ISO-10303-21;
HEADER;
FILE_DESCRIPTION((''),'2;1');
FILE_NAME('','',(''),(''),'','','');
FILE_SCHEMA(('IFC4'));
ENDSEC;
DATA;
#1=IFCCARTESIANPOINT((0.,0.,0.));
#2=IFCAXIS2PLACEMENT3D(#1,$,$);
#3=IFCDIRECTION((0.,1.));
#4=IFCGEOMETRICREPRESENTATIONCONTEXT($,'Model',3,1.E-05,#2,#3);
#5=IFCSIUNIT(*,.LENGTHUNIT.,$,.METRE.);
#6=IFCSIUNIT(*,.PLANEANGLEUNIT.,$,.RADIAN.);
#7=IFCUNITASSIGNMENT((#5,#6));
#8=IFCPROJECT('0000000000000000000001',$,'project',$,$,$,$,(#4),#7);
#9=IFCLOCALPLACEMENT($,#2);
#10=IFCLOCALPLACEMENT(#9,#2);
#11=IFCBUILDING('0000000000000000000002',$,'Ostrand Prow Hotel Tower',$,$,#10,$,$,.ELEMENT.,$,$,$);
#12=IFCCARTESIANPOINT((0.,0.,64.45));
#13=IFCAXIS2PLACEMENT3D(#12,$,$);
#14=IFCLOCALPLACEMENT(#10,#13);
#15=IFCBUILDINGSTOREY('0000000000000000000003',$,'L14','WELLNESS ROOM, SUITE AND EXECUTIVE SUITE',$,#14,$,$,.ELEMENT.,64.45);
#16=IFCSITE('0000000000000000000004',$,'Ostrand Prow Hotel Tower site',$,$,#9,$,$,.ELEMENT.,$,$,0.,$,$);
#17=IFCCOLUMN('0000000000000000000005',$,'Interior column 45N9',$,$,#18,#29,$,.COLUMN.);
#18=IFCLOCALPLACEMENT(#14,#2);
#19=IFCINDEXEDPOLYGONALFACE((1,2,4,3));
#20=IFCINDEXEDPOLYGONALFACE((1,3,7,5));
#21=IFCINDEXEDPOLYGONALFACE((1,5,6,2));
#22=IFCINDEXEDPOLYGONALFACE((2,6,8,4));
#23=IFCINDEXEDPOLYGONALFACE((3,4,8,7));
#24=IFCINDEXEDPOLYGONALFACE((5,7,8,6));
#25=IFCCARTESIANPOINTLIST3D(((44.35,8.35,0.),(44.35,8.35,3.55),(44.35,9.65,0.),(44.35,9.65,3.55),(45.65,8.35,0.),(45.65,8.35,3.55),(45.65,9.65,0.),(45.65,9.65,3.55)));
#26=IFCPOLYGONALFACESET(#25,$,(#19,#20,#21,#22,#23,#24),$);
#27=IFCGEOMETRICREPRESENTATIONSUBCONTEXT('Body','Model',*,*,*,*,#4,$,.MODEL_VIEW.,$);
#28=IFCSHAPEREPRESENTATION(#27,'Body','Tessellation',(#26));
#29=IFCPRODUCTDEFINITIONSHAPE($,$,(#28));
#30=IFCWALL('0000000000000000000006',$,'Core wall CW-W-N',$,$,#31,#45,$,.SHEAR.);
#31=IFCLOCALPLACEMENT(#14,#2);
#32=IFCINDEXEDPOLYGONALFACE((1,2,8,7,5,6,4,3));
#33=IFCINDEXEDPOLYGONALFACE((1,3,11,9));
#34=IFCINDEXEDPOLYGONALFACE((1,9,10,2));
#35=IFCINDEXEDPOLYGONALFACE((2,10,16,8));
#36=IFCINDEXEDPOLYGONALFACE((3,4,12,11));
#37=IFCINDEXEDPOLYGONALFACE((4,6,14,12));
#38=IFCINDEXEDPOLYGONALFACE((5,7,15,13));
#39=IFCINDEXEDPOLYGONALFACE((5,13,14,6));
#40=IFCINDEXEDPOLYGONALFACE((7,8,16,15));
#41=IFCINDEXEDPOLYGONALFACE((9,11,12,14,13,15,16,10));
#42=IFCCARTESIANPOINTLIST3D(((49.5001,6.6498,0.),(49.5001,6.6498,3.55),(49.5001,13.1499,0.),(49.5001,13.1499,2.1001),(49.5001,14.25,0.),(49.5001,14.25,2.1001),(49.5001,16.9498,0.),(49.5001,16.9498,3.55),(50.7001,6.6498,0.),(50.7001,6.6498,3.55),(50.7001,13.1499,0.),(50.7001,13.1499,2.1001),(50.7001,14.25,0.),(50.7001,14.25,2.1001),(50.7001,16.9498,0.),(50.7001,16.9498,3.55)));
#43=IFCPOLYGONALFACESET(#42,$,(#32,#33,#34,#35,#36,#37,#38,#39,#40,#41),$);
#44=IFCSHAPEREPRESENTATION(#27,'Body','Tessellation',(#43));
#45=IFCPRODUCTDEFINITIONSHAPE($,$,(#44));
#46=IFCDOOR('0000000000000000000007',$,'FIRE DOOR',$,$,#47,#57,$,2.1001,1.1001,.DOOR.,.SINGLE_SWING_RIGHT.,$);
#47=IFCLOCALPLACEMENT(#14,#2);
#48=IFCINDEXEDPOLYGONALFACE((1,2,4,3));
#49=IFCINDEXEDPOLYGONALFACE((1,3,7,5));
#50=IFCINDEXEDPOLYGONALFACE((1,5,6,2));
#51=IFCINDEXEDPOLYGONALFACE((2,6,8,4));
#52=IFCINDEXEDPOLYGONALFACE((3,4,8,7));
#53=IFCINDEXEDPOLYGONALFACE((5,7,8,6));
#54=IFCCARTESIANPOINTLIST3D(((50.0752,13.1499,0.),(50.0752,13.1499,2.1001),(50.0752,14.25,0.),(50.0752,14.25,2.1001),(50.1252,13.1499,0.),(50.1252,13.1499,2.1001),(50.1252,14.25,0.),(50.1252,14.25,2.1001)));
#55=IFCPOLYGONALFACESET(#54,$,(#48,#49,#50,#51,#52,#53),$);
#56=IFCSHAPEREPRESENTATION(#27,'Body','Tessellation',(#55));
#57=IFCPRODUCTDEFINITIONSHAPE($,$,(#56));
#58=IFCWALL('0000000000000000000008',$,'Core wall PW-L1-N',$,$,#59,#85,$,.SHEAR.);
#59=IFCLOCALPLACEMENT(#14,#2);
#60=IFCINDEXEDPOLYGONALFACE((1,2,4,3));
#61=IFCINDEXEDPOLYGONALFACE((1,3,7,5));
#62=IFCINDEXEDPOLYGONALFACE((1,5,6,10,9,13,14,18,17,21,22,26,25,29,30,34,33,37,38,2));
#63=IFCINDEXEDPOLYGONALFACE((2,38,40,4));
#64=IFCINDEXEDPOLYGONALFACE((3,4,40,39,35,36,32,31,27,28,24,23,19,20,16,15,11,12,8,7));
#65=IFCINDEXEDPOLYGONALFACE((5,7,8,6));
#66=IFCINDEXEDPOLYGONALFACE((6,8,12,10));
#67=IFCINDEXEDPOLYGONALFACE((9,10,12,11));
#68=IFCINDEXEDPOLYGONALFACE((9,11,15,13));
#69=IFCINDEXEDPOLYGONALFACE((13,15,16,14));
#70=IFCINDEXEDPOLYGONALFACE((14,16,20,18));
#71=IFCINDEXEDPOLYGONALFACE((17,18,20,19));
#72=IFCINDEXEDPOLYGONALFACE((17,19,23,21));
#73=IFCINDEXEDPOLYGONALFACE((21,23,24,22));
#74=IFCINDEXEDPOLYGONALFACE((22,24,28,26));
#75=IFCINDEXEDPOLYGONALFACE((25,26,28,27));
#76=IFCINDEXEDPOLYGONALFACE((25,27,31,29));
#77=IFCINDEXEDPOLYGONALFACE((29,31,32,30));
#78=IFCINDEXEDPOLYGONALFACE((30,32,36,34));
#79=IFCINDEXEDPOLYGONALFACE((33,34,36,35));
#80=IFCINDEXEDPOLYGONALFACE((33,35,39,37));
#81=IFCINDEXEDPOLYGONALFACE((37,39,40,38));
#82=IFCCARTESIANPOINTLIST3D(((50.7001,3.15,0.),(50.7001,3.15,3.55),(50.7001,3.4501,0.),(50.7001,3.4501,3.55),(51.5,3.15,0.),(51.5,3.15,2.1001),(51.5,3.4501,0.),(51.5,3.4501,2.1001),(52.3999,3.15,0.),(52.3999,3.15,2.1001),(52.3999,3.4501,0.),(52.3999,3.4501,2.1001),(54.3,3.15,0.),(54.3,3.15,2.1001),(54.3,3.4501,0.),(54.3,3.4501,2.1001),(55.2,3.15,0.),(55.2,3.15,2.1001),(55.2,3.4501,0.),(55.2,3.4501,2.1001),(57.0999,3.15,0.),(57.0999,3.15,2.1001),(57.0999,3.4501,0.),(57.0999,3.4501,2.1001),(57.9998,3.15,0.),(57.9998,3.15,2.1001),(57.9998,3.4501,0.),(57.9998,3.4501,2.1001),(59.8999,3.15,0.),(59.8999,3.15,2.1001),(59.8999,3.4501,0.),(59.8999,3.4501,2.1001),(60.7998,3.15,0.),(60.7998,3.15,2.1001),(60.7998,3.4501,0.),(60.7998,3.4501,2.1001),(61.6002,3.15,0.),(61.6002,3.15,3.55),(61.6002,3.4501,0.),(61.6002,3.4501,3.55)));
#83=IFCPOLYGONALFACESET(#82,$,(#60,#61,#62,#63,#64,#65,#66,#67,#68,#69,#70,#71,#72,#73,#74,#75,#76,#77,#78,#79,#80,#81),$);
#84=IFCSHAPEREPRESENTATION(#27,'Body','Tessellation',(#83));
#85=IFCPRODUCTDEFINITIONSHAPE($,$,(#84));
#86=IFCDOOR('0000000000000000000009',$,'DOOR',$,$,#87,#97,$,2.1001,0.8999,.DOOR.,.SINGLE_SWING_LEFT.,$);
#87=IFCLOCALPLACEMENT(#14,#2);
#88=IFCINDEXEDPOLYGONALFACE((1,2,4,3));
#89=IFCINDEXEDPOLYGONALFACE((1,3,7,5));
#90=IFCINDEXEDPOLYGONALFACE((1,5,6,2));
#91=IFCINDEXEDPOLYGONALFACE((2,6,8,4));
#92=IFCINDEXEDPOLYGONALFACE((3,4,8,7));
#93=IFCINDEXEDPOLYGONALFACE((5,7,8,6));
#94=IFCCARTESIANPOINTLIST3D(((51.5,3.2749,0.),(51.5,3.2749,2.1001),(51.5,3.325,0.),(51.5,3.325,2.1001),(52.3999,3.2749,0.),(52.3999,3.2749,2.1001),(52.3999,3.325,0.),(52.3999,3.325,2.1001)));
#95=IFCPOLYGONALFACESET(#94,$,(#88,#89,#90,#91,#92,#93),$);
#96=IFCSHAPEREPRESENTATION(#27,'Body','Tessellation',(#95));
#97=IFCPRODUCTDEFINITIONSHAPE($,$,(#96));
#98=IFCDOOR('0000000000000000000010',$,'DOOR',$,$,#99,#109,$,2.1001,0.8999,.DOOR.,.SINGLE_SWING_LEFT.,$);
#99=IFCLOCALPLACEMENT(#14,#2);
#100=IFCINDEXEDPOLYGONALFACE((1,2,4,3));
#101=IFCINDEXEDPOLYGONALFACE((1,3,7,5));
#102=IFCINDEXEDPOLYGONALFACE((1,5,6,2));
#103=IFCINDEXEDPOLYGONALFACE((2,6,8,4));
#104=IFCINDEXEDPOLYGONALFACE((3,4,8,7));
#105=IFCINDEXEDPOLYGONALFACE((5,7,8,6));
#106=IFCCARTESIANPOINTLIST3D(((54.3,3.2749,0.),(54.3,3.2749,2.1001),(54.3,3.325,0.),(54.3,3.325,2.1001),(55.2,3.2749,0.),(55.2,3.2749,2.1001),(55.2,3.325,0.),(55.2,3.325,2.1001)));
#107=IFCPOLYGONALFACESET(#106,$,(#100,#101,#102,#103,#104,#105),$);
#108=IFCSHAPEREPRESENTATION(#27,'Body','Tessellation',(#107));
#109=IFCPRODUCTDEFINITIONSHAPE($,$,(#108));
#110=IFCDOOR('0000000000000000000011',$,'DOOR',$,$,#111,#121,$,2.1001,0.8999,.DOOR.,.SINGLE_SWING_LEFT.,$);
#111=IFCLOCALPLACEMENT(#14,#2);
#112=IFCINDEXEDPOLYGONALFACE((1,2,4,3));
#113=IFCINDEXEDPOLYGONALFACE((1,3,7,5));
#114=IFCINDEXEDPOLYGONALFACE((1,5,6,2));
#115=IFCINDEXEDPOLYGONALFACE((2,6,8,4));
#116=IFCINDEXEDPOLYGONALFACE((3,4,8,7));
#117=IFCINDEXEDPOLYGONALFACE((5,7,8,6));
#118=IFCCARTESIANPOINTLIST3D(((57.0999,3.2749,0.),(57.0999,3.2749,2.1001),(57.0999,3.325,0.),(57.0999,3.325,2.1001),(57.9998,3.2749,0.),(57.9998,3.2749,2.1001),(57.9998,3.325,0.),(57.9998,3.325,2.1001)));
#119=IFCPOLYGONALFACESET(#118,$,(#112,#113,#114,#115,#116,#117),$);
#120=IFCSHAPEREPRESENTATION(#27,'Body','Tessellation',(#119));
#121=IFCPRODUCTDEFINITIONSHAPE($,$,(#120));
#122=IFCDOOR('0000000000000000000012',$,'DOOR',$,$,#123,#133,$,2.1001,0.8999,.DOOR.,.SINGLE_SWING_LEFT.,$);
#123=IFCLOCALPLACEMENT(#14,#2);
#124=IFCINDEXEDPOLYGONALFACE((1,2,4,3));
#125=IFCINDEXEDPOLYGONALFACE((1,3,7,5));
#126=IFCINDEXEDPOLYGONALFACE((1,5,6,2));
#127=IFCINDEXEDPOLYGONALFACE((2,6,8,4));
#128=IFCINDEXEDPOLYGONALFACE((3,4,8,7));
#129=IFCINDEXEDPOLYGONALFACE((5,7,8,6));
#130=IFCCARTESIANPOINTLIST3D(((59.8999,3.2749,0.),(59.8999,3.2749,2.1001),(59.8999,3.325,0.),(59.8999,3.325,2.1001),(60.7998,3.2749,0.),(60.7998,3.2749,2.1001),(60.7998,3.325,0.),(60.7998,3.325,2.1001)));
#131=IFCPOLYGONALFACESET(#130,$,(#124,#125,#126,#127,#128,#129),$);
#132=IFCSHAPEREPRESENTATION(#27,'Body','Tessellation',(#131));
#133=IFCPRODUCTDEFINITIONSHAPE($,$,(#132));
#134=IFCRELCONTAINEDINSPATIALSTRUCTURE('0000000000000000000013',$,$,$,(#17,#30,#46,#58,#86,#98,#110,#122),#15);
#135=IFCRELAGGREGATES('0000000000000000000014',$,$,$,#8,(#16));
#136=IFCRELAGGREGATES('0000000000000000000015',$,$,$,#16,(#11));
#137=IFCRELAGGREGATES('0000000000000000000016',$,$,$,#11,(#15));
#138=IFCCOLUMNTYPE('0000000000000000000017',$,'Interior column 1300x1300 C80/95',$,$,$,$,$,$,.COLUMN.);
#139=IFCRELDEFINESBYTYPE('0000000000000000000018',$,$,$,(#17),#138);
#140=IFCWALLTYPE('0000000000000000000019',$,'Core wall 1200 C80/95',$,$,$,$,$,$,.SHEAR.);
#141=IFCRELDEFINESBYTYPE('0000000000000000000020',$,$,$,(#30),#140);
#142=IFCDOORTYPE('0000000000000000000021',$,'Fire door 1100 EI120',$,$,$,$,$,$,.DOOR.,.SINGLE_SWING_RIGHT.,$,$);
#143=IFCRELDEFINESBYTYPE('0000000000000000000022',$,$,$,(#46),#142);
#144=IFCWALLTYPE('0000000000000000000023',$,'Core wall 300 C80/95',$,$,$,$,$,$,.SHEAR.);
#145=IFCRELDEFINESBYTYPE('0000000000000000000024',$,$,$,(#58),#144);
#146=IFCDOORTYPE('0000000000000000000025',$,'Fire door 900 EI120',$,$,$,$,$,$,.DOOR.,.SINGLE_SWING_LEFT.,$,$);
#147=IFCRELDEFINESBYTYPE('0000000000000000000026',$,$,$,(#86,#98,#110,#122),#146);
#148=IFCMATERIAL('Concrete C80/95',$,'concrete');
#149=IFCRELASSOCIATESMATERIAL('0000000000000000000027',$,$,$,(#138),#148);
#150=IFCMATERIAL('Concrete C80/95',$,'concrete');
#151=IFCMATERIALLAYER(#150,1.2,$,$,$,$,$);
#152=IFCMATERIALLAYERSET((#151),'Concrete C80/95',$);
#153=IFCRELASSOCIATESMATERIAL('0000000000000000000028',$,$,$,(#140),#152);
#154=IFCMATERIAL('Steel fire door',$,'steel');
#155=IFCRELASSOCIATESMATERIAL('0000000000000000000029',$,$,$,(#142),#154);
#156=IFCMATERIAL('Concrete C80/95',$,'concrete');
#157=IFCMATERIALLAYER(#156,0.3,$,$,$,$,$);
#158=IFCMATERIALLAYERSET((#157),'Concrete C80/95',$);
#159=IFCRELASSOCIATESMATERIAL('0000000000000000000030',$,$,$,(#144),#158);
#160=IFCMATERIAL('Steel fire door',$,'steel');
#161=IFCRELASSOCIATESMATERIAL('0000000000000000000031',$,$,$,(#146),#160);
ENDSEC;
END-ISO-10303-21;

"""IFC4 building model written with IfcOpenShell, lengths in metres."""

from ifc_helpers import new_model, si_unit, direction, frame, frame_2d, origin, origin_2d, place, context, subcontext, project, spatial, rectangle, extrude, material, layer, layer_set, material_profile, profile_set, type_object, element, fill, save


model = new_model("IFC4")

# Units and contexts
model_context = context("Model", 3, precision=1e-05, world=origin(), true_north=direction((0.0, 1.0)))
body_context = subcontext(model_context, "Body", "Model", "MODEL_VIEW")
ifc_project = project(units=[si_unit("LENGTHUNIT", "METRE"), si_unit("PLANEANGLEUNIT", "RADIAN")], contexts=[model_context])

# Site, building, storey
site_placement = place(None, origin())
site = spatial("IfcSite", under=ifc_project, at=site_placement, Name="Ostrand Prow Hotel Tower site", CompositionType="ELEMENT", RefElevation=0.0)
building_placement = place(site_placement, origin())
building = spatial("IfcBuilding", under=site, at=building_placement, Name="Ostrand Prow Hotel Tower", CompositionType="ELEMENT")
storey_placement = place(building_placement, frame((0.0, 0.0, 64.45)))
storey = spatial("IfcBuildingStorey", under=building, at=storey_placement, Name="L14", Description="WELLNESS ROOM, SUITE AND EXECUTIVE SUITE", CompositionType="ELEMENT", Elevation=64.45)

# Column
ifc_material_1 = material(Name="Concrete C80/95", Category="concrete")
ifc_material_profile = material_profile(ifc_material_1, rectangle(XDim=1.3, YDim=1.3, at=origin_2d()), Name="RC 1300x1300")
ifc_profile_set = profile_set([ifc_material_profile], Name="Concrete C80/95")
column_type = type_object("IfcColumnType", Name="Interior column 1300x1300 C80/95", PredefinedType="COLUMN", material=ifc_profile_set)
column_placement = place(storey_placement, frame((45.0, 9.0, 0.0), z_axis=(0.0, 0.0, 1.0), x_axis=(1.0, 0.0, 0.0)))
element("IfcColumn", 1, at=column_placement, inside=storey, type_object=column_type, Name="Interior column 45N9", PredefinedType="COLUMN", context=body_context, shape_type="SweptSolid", body=[
    extrude(rectangle(XDim=1.3, YDim=1.3, at=origin_2d()), origin(), (0.0, 0.0, 1.0), 3.55),
])

# Wall, opening, door
ifc_material_2 = material(Name="Concrete C80/95", Category="concrete")
ifc_layer_1 = layer(ifc_material_2, 1.2)
ifc_layer_set_1 = layer_set([ifc_layer_1], Name="Concrete C80/95")
wall_type_1 = type_object("IfcWallType", Name="Core wall 1200 C80/95", PredefinedType="SHEAR", material=ifc_layer_set_1)
wall_1_placement = place(storey_placement, frame((50.1001, 6.6499, 0.0), z_axis=(0.0, 0.0, 1.0), x_axis=(0.0, 1.0, 0.0)))
wall_1 = element("IfcWall", 2, at=wall_1_placement, inside=storey, type_object=wall_type_1, Name="Core wall CW-W-N", PredefinedType="SHEAR", context=body_context, shape_type="SweptSolid", body=[
    extrude(rectangle(XDim=10.3, YDim=1.2, at=frame_2d((5.1499, 0.0))), origin(), (0.0, 0.0, 1.0), 3.55),
])
opening_1_placement = place(wall_1_placement, frame((6.5, 0.0, 0.0)))
opening_1 = element("IfcOpeningElement", 3, at=opening_1_placement, cuts=wall_1, PredefinedType="OPENING", context=body_context, shape_type="SweptSolid", body=[
    extrude(rectangle(XDim=1.1001, YDim=2.1001, at=frame_2d((0.55, 1.05))), frame((0.0, 0.6099, 0.0), z_axis=(0.0, -1.0, 0.0), x_axis=(1.0, 0.0, 0.0)), (0.0, 0.0, 1.0), 1.22),
])
ifc_material_3 = material(Name="Steel fire door", Category="steel")
door_type_1 = type_object("IfcDoorType", Name="Fire door 1100 EI120", OperationType="SINGLE_SWING_RIGHT", PredefinedType="DOOR", material=ifc_material_3)
door_1_placement = place(opening_1_placement, origin())
door_1 = element("IfcDoor", 4, at=door_1_placement, inside=storey, type_object=door_type_1, Name="FIRE DOOR", OperationType="SINGLE_SWING_RIGHT", OverallHeight=2.1001, OverallWidth=1.1001, PredefinedType="DOOR", context=body_context, shape_type="SweptSolid", body=[
    extrude(rectangle(XDim=1.1001, YDim=2.1001, at=frame_2d((0.55, 1.05))), frame((0.0, 0.0249, 0.0), z_axis=(0.0, -1.0, 0.0), x_axis=(1.0, 0.0, 0.0)), (0.0, 0.0, 1.0), 0.05),
])
fill(opening_1, door_1)

# Wall, openings, doors
ifc_material_4 = material(Name="Concrete C80/95", Category="concrete")
ifc_layer_2 = layer(ifc_material_4, 0.3)
ifc_layer_set_2 = layer_set([ifc_layer_2], Name="Concrete C80/95")
wall_type_2 = type_object("IfcWallType", Name="Core wall 300 C80/95", PredefinedType="SHEAR", material=ifc_layer_set_2)
wall_2_placement = place(storey_placement, frame((50.7, 3.3, 0.0), z_axis=(0.0, 0.0, 1.0), x_axis=(1.0, 0.0, 0.0)))
wall_2 = element("IfcWall", 5, at=wall_2_placement, inside=storey, type_object=wall_type_2, Name="Core wall PW-L1-N", PredefinedType="SHEAR", context=body_context, shape_type="SweptSolid", body=[
    extrude(rectangle(XDim=10.9001, YDim=0.3, at=frame_2d((5.4502, 0.0))), origin(), (0.0, 0.0, 1.0), 3.55),
])
opening_2_placement = place(wall_2_placement, frame((0.8, 0.0, 0.0)))
opening_2 = element("IfcOpeningElement", 6, at=opening_2_placement, cuts=wall_2, PredefinedType="OPENING", context=body_context, shape_type="SweptSolid", body=[
    extrude(rectangle(XDim=0.8999, YDim=2.1001, at=frame_2d((0.45, 1.05))), frame((0.0, 0.1599, 0.0), z_axis=(0.0, -1.0, 0.0), x_axis=(1.0, 0.0, 0.0)), (0.0, 0.0, 1.0), 0.3201),
])
opening_3_placement = place(wall_2_placement, frame((3.6001, 0.0, 0.0)))
opening_3 = element("IfcOpeningElement", 7, at=opening_3_placement, cuts=wall_2, PredefinedType="OPENING", context=body_context, shape_type="SweptSolid", body=[
    extrude(rectangle(XDim=0.8999, YDim=2.1001, at=frame_2d((0.45, 1.05))), frame((0.0, 0.1599, 0.0), z_axis=(0.0, -1.0, 0.0), x_axis=(1.0, 0.0, 0.0)), (0.0, 0.0, 1.0), 0.3201),
])
opening_4_placement = place(wall_2_placement, frame((6.3999, 0.0, 0.0)))
opening_4 = element("IfcOpeningElement", 8, at=opening_4_placement, cuts=wall_2, PredefinedType="OPENING", context=body_context, shape_type="SweptSolid", body=[
    extrude(rectangle(XDim=0.8999, YDim=2.1001, at=frame_2d((0.45, 1.05))), frame((0.0, 0.1599, 0.0), z_axis=(0.0, -1.0, 0.0), x_axis=(1.0, 0.0, 0.0)), (0.0, 0.0, 1.0), 0.3201),
])
opening_5_placement = place(wall_2_placement, frame((9.2, 0.0, 0.0)))
opening_5 = element("IfcOpeningElement", 9, at=opening_5_placement, cuts=wall_2, PredefinedType="OPENING", context=body_context, shape_type="SweptSolid", body=[
    extrude(rectangle(XDim=0.8999, YDim=2.1001, at=frame_2d((0.45, 1.05))), frame((0.0, 0.1599, 0.0), z_axis=(0.0, -1.0, 0.0), x_axis=(1.0, 0.0, 0.0)), (0.0, 0.0, 1.0), 0.3201),
])
ifc_material_5 = material(Name="Steel fire door", Category="steel")
door_type_2 = type_object("IfcDoorType", Name="Fire door 900 EI120", OperationType="SINGLE_SWING_LEFT", PredefinedType="DOOR", material=ifc_material_5)
door_2_placement = place(opening_2_placement, origin())
door_2 = element("IfcDoor", 10, at=door_2_placement, inside=storey, type_object=door_type_2, Name="DOOR", OperationType="SINGLE_SWING_LEFT", OverallHeight=2.1001, OverallWidth=0.8999, PredefinedType="DOOR", context=body_context, shape_type="SweptSolid", body=[
    extrude(rectangle(XDim=0.8999, YDim=2.1001, at=frame_2d((0.45, 1.05))), frame((0.0, 0.0249, 0.0), z_axis=(0.0, -1.0, 0.0), x_axis=(1.0, 0.0, 0.0)), (0.0, 0.0, 1.0), 0.05),
])
fill(opening_2, door_2)
door_3_placement = place(opening_3_placement, origin())
door_3 = element("IfcDoor", 11, at=door_3_placement, inside=storey, type_object=door_type_2, Name="DOOR", OperationType="SINGLE_SWING_LEFT", OverallHeight=2.1001, OverallWidth=0.8999, PredefinedType="DOOR", context=body_context, shape_type="SweptSolid", body=[
    extrude(rectangle(XDim=0.8999, YDim=2.1001, at=frame_2d((0.45, 1.05))), frame((0.0, 0.0249, 0.0), z_axis=(0.0, -1.0, 0.0), x_axis=(1.0, 0.0, 0.0)), (0.0, 0.0, 1.0), 0.05),
])
fill(opening_3, door_3)
door_4_placement = place(opening_4_placement, origin())
door_4 = element("IfcDoor", 12, at=door_4_placement, inside=storey, type_object=door_type_2, Name="DOOR", OperationType="SINGLE_SWING_LEFT", OverallHeight=2.1001, OverallWidth=0.8999, PredefinedType="DOOR", context=body_context, shape_type="SweptSolid", body=[
    extrude(rectangle(XDim=0.8999, YDim=2.1001, at=frame_2d((0.45, 1.05))), frame((0.0, 0.0249, 0.0), z_axis=(0.0, -1.0, 0.0), x_axis=(1.0, 0.0, 0.0)), (0.0, 0.0, 1.0), 0.05),
])
fill(opening_4, door_4)
door_5_placement = place(opening_5_placement, origin())
door_5 = element("IfcDoor", 13, at=door_5_placement, inside=storey, type_object=door_type_2, Name="DOOR", OperationType="SINGLE_SWING_LEFT", OverallHeight=2.1001, OverallWidth=0.8999, PredefinedType="DOOR", context=body_context, shape_type="SweptSolid", body=[
    extrude(rectangle(XDim=0.8999, YDim=2.1001, at=frame_2d((0.45, 1.05))), frame((0.0, 0.0249, 0.0), z_axis=(0.0, -1.0, 0.0), x_axis=(1.0, 0.0, 0.0)), (0.0, 0.0, 1.0), 0.05),
])
fill(opening_5, door_5)

save(model, "model.ifc")
